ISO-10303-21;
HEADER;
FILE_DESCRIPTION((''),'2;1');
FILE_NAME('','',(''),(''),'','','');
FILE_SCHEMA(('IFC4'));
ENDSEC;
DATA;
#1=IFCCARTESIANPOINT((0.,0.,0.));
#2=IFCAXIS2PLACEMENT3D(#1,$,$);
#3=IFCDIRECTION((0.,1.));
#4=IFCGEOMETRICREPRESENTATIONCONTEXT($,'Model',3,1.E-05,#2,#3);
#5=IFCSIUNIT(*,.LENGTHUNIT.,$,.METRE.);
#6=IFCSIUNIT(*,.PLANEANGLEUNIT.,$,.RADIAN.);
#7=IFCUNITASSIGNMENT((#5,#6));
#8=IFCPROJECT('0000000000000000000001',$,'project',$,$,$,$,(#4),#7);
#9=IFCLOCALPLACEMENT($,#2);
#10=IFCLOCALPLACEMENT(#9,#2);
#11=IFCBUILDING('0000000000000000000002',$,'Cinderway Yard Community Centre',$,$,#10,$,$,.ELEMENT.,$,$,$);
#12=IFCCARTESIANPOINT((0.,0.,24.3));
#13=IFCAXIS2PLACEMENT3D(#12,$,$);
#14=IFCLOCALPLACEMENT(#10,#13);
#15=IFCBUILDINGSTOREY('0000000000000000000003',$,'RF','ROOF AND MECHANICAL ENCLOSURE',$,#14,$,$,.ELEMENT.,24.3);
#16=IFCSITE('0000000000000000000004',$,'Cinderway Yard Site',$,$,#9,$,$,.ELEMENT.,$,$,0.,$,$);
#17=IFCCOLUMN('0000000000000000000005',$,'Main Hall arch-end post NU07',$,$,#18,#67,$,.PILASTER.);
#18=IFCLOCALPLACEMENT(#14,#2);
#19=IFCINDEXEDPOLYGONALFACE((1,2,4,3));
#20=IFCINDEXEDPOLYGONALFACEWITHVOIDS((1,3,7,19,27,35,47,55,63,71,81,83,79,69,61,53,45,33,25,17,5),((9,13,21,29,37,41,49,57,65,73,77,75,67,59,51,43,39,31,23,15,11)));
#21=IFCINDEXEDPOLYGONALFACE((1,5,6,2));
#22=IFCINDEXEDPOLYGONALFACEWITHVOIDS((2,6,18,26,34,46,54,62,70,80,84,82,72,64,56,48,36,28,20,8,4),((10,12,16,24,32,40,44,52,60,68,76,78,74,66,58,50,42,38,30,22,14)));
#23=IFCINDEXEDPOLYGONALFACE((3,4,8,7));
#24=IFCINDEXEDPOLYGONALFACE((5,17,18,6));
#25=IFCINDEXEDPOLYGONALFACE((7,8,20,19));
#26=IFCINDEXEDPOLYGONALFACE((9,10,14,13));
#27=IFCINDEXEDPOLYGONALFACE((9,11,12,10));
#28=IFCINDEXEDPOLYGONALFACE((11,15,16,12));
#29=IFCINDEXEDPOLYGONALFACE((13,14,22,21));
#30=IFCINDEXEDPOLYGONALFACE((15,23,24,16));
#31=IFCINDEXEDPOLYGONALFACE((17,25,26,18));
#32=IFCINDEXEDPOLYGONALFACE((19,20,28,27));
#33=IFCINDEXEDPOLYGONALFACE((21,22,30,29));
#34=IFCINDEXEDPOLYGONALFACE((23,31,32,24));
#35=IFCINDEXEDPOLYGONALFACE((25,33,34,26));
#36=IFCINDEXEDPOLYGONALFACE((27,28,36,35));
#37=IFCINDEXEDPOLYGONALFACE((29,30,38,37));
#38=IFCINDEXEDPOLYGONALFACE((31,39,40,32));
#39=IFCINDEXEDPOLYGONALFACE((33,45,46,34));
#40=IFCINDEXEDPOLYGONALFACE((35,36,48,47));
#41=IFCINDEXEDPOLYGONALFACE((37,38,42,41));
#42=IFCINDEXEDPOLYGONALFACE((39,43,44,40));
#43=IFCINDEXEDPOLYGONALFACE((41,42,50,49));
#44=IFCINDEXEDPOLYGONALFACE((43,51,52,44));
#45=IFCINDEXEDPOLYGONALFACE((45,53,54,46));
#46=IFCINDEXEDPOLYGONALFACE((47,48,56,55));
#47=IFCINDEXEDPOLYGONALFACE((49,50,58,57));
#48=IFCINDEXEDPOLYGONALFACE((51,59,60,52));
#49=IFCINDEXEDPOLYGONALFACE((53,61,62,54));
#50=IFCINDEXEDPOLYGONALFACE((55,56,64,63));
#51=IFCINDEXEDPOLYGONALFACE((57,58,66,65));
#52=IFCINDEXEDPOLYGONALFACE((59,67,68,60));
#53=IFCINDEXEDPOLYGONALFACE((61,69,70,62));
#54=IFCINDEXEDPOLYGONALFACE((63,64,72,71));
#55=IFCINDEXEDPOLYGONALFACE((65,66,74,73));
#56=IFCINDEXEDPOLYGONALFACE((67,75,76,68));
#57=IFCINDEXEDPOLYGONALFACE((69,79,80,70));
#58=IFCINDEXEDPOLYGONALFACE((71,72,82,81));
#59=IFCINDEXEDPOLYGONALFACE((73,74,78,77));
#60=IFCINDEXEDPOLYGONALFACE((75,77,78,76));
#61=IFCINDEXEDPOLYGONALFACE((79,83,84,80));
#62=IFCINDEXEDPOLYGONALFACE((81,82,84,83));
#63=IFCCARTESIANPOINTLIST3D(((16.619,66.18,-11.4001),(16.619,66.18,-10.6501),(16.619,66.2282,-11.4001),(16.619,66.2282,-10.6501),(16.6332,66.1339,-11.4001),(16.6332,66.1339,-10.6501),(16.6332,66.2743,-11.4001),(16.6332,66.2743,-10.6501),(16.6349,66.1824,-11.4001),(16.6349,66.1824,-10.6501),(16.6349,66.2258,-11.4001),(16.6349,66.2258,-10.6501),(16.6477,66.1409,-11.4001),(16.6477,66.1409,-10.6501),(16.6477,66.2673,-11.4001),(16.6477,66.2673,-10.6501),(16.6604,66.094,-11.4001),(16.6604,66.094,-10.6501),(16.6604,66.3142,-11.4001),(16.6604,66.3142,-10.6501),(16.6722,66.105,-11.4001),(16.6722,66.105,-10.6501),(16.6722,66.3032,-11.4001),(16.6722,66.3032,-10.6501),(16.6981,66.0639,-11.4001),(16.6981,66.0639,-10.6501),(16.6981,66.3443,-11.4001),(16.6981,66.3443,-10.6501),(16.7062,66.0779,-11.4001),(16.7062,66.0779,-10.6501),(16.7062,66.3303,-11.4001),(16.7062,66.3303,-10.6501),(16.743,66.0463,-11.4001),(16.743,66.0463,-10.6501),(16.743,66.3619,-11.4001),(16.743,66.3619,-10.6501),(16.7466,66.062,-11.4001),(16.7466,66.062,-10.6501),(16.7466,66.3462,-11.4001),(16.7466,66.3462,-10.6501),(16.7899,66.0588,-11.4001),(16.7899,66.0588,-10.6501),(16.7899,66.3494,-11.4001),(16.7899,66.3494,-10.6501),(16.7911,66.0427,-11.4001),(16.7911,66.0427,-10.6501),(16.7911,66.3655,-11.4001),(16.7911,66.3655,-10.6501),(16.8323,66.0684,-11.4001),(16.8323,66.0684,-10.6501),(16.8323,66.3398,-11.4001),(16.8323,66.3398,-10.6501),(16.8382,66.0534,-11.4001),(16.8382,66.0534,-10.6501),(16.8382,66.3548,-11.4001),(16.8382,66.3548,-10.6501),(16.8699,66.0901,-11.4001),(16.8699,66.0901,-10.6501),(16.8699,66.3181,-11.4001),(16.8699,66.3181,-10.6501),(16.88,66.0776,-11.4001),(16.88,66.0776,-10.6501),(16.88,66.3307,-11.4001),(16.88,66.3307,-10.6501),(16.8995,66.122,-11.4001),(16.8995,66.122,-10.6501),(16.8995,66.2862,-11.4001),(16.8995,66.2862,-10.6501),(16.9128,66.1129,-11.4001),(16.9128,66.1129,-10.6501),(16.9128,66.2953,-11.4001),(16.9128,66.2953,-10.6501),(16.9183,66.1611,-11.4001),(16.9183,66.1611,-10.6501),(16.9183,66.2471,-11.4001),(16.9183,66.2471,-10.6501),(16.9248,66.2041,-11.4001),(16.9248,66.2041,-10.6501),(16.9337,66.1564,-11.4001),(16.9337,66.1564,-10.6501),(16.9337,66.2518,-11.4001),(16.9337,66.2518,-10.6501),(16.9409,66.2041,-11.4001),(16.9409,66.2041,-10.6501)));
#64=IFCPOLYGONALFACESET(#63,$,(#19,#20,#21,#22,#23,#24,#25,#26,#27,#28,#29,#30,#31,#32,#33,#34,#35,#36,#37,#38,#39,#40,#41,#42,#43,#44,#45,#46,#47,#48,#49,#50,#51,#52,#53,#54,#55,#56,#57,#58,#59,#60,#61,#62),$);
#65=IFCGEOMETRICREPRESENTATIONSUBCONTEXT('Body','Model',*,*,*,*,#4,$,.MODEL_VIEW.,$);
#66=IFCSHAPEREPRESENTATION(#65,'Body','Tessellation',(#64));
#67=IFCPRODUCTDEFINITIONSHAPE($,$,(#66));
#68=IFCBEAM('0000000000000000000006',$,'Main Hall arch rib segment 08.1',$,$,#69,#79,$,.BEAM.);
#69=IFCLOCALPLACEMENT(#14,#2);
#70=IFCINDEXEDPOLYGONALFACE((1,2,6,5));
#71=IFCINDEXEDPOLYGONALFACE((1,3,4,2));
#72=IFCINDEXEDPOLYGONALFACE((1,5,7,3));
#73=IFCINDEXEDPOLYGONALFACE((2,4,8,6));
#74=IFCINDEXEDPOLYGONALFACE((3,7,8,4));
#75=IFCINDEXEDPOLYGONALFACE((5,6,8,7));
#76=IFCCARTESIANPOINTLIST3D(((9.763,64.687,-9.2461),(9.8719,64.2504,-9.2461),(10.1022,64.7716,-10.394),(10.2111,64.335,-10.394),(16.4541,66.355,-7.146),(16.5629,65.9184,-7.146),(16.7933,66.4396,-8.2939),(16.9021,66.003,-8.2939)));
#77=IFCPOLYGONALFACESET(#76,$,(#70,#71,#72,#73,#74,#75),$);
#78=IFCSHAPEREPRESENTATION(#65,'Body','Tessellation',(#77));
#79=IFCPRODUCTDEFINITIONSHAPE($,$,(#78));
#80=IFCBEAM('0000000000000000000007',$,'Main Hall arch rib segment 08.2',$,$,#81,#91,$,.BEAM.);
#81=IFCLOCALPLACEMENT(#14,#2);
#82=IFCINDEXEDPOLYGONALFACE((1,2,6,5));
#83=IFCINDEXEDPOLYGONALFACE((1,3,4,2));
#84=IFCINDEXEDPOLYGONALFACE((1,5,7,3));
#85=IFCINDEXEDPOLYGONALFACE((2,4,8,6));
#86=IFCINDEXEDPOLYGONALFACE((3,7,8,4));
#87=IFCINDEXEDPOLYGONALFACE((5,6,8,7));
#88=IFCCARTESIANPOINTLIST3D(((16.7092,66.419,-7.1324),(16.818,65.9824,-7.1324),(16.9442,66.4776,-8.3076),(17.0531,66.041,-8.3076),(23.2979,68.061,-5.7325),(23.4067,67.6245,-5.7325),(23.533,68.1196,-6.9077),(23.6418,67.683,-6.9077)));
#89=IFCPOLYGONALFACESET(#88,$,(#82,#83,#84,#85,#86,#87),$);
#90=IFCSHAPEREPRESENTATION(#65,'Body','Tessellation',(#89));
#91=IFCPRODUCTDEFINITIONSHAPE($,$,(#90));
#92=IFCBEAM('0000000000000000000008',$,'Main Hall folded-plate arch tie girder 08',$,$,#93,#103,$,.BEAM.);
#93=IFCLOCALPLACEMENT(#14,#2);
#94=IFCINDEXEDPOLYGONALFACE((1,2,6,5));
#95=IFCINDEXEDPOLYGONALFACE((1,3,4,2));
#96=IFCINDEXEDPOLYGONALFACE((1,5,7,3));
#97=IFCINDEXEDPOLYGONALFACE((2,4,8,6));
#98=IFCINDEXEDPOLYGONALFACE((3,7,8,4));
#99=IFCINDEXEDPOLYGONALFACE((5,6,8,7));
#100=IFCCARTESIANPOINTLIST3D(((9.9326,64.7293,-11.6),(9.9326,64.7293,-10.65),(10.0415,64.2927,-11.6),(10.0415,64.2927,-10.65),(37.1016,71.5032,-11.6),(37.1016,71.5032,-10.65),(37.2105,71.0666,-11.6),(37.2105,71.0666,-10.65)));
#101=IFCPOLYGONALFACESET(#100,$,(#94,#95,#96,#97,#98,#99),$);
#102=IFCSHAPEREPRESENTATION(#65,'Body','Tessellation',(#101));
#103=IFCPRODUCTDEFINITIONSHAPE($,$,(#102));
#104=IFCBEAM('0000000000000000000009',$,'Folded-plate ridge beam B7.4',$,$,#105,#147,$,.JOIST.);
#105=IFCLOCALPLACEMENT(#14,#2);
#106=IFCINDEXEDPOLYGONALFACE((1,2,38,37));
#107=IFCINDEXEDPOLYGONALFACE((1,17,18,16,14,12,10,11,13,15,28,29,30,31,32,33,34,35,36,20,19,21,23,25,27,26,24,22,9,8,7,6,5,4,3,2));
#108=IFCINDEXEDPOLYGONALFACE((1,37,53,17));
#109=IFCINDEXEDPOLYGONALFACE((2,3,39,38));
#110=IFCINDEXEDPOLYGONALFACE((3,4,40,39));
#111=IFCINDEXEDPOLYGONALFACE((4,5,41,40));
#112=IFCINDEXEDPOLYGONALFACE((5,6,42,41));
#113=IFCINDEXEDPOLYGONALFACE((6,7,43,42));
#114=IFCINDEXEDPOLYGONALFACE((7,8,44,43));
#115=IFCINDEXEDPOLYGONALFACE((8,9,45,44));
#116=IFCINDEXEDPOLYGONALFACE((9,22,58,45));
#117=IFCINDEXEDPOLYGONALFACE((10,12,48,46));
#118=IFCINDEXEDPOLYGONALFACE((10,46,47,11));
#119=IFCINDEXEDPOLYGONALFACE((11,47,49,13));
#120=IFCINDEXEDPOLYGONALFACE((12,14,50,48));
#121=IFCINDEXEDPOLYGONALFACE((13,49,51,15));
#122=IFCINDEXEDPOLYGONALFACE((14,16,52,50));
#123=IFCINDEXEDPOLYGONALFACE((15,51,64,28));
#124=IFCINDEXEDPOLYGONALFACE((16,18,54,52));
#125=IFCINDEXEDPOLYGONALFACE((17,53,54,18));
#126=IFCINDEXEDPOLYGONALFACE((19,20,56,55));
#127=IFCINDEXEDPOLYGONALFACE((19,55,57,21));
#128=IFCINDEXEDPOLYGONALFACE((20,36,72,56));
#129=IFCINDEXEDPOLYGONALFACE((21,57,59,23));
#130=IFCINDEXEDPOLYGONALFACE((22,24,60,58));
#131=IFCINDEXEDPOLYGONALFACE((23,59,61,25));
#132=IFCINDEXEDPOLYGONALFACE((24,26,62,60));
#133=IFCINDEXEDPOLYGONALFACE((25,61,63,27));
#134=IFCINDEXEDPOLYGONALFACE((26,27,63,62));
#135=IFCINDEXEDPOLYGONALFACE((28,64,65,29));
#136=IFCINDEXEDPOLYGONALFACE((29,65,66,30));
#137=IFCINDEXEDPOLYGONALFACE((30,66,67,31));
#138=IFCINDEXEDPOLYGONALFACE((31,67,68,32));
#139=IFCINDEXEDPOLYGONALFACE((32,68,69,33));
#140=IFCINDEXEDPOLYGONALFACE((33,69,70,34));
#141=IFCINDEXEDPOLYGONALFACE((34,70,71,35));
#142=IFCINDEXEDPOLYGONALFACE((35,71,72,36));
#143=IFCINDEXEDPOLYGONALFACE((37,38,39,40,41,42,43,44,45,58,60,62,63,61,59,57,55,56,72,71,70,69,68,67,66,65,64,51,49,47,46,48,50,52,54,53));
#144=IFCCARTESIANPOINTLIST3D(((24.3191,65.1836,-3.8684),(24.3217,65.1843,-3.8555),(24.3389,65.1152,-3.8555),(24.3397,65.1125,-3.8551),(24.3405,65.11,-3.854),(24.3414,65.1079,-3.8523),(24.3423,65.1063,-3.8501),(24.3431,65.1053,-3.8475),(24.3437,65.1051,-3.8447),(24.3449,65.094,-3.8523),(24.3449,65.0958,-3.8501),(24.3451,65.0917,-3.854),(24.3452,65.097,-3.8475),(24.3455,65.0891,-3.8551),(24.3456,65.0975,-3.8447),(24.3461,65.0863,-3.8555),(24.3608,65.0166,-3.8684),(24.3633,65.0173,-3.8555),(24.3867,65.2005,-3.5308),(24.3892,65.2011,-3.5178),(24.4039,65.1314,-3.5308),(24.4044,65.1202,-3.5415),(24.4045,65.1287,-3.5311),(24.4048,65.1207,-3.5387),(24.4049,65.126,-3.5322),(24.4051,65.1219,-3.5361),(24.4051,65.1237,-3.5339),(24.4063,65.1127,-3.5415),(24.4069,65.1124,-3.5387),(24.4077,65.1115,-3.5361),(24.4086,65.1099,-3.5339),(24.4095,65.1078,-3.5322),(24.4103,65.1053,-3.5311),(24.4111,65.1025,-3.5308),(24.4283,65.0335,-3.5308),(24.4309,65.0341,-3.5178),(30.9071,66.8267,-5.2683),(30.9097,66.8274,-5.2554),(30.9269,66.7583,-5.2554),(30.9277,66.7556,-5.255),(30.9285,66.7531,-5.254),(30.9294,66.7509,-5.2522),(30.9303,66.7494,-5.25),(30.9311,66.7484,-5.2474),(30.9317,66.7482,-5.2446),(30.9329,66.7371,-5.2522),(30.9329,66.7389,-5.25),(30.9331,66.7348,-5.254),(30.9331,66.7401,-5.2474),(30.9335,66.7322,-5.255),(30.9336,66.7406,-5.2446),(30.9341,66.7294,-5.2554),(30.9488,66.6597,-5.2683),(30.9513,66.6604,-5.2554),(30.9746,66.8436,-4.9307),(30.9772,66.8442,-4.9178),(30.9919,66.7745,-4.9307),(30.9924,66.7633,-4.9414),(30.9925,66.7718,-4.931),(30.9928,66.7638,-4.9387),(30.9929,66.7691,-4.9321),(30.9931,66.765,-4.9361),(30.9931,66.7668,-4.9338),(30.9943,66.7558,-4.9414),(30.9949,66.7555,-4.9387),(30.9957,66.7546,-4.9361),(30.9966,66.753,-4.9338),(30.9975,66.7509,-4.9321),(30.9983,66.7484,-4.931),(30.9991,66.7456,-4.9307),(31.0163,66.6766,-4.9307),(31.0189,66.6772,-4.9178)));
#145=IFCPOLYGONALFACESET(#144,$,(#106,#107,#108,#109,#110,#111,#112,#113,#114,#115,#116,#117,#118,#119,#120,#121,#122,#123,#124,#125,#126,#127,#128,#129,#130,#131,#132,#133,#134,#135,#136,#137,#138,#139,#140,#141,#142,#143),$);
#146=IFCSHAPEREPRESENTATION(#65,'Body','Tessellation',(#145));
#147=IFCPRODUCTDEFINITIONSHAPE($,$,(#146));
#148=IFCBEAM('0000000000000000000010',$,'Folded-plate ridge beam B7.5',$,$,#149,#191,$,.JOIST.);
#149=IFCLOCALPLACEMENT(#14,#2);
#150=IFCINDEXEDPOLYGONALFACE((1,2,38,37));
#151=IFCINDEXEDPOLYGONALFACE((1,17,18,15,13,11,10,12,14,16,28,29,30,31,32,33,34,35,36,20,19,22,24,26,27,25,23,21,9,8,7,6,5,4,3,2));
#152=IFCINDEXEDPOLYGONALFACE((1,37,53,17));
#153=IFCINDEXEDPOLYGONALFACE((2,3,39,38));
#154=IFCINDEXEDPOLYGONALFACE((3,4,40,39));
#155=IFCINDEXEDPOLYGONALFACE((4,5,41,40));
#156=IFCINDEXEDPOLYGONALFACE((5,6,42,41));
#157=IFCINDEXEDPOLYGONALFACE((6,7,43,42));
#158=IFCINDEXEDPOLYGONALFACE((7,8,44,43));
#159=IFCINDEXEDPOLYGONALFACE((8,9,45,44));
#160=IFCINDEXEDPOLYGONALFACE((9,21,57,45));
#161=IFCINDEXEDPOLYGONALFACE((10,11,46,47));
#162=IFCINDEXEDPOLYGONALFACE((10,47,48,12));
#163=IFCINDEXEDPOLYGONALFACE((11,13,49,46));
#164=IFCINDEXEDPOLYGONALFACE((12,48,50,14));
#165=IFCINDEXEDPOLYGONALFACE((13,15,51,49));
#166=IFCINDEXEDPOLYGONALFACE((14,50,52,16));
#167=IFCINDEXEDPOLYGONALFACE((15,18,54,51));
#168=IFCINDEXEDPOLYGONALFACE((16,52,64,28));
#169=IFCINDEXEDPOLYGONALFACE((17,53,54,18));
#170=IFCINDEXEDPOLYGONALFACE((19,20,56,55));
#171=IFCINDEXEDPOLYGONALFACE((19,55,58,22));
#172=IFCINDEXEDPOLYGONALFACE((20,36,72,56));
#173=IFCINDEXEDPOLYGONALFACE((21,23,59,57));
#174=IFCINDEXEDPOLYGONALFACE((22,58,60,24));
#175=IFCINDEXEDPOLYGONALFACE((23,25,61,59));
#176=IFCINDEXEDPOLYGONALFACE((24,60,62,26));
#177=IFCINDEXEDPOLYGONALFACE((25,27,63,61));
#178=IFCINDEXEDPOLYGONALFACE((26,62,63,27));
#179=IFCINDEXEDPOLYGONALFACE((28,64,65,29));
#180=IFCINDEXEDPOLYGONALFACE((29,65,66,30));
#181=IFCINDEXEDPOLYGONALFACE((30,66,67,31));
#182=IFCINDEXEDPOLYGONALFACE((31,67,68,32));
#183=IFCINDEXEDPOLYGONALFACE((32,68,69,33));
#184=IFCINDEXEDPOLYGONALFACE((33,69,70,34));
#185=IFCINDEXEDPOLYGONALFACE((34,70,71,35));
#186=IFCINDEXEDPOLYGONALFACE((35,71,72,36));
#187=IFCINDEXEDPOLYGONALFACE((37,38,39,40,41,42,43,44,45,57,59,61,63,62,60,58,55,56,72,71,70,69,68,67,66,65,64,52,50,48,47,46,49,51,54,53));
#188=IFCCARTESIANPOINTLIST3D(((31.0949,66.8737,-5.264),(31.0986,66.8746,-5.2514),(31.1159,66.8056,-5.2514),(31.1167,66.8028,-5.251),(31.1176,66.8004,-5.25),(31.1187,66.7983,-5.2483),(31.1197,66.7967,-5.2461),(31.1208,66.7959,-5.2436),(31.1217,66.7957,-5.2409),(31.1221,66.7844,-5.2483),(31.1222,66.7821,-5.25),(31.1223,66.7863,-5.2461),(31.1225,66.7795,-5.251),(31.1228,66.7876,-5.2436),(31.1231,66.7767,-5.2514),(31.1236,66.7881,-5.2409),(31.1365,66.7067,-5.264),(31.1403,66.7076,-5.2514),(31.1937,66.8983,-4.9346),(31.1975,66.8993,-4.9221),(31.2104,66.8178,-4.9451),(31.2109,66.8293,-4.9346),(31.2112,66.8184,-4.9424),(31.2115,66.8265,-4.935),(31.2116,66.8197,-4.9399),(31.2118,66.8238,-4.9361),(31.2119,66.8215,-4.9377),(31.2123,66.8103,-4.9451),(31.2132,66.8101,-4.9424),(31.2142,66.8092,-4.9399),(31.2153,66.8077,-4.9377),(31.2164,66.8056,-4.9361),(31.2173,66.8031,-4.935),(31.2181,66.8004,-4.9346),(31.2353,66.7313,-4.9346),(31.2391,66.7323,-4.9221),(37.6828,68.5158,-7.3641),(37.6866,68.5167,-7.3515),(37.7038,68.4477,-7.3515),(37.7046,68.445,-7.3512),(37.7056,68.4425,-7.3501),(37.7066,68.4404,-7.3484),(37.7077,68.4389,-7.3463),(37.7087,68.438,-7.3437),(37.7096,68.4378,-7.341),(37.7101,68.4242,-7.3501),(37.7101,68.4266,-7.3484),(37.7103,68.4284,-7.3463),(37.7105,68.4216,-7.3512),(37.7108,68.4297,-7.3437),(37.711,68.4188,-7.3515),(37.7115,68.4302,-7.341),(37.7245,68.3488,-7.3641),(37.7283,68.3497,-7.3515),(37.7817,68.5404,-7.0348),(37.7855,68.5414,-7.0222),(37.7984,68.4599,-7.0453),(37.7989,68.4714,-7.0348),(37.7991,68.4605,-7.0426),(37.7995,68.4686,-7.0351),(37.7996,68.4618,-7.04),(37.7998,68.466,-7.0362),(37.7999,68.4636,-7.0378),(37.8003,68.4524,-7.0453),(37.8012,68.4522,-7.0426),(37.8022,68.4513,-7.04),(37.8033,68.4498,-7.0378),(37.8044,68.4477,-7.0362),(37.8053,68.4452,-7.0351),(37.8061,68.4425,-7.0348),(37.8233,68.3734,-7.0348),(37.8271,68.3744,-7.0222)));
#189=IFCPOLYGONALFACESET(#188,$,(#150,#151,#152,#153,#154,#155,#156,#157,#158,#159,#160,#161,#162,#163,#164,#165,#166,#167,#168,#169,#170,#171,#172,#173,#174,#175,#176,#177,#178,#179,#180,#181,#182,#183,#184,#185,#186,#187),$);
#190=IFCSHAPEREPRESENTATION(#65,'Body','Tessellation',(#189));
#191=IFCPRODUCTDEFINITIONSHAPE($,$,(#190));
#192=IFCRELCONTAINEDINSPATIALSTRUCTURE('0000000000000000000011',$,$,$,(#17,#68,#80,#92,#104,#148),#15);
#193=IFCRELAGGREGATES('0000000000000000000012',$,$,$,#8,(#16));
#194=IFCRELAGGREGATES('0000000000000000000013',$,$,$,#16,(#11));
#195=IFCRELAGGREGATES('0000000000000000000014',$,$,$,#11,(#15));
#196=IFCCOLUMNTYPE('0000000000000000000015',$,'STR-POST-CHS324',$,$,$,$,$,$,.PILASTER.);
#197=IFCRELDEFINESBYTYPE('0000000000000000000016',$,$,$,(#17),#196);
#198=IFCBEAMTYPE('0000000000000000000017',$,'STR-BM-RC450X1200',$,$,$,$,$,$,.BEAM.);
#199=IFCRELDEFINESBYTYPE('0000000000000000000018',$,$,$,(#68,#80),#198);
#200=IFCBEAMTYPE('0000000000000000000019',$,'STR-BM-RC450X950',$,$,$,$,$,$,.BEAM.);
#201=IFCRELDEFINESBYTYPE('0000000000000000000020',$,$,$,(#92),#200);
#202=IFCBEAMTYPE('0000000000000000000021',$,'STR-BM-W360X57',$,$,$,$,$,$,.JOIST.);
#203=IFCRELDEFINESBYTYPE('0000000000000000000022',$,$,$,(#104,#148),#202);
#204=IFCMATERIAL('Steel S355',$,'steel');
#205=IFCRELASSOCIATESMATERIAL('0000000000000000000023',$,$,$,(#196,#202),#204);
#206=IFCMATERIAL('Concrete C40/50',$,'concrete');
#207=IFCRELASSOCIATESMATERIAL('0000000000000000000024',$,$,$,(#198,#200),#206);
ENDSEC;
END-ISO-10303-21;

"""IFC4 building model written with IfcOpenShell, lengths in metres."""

from ifc_helpers import new_model, si_unit, direction, frame, origin, origin_2d, place, context, subcontext, project, spatial, rectangle, hollow_circle, i_section, extrude, material, material_profile, profile_set, type_object, element, save


model = new_model("IFC4")

# Units and contexts
model_context = context("Model", 3, precision=1e-05, world=origin(), true_north=direction((0.0, 1.0)))
body_context = subcontext(model_context, "Body", "Model", "MODEL_VIEW")
ifc_project = project(units=[si_unit("LENGTHUNIT", "METRE"), si_unit("PLANEANGLEUNIT", "RADIAN")], contexts=[model_context])

# Site, building, storey
site_placement = place(None, origin())
site = spatial("IfcSite", under=ifc_project, at=site_placement, Name="Cinderway Yard Site", CompositionType="ELEMENT", RefElevation=0.0)
building_placement = place(site_placement, origin())
building = spatial("IfcBuilding", under=site, at=building_placement, Name="Cinderway Yard Community Centre", CompositionType="ELEMENT")
storey_placement = place(building_placement, frame((0.0, 0.0, 24.3)))
storey = spatial("IfcBuildingStorey", under=building, at=storey_placement, Name="RF", Description="ROOF AND MECHANICAL ENCLOSURE", CompositionType="ELEMENT", Elevation=24.3)

# Column
ifc_material_1 = material(Name="Steel S355", Category="steel")
ifc_material_profile_1 = material_profile(ifc_material_1, hollow_circle(Radius=0.1619, WallThickness=0.0161, at=origin_2d()), Name="Steel S355")
ifc_profile_set_1 = profile_set([ifc_material_profile_1], Name="Steel S355")
column_type = type_object("IfcColumnType", Name="STR-POST-CHS324", PredefinedType="PILASTER", material=ifc_profile_set_1)
column_placement = place(storey_placement, frame((16.7791, 66.2041, -11.4001), z_axis=(0.0, 0.0, 1.0), x_axis=(1.0, 0.0, 0.0)))
element("IfcColumn", 1, at=column_placement, inside=storey, type_object=column_type, Name="Main Hall arch-end post NU07", PredefinedType="PILASTER", context=body_context, shape_type="SweptSolid", body=[
    extrude(hollow_circle(Radius=0.1619, WallThickness=0.0161, at=origin_2d()), origin(), (0.0, 0.0, 1.0), 0.75),
])

# Beams
ifc_material_2 = material(Name="Concrete C40/50", Category="concrete")
ifc_material_profile_2 = material_profile(ifc_material_2, rectangle(XDim=0.45, YDim=1.2, at=origin_2d()), Name="Concrete C40/50")
ifc_profile_set_2 = profile_set([ifc_material_profile_2], Name="Concrete C40/50")
beam_type_1 = type_object("IfcBeamType", Name="STR-BM-RC450X1200", PredefinedType="BEAM", material=ifc_profile_set_2)
beam_1_placement = place(storey_placement, frame((9.9871, 64.511, -9.8201), z_axis=(0.928212, 0.231393, 0.291341), x_axis=(-0.241886, 0.970305, 0.0)))
element("IfcBeam", 2, at=beam_1_placement, inside=storey, type_object=beam_type_1, Name="Main Hall arch rib segment 08.1", PredefinedType="BEAM", context=body_context, shape_type="SweptSolid", body=[
    extrude(rectangle(XDim=0.45, YDim=1.2, at=origin_2d()), origin(), (0.0, 0.0, 1.0), 7.2085),
])
beam_2_placement = place(storey_placement, frame((16.8811, 66.23, -7.72), z_axis=(0.950335, 0.236844, 0.201913), x_axis=(-0.241825, 0.97032, 0.0)))
element("IfcBeam", 3, at=beam_2_placement, inside=storey, type_object=beam_type_1, Name="Main Hall arch rib segment 08.2", PredefinedType="BEAM", context=body_context, shape_type="SweptSolid", body=[
    extrude(rectangle(XDim=0.45, YDim=1.2, at=origin_2d()), origin(), (0.0, 0.0, 1.0), 6.9331),
])
ifc_material_profile_3 = material_profile(ifc_material_2, rectangle(XDim=0.45, YDim=0.95, at=origin_2d()), Name="Concrete C40/50")
ifc_profile_set_3 = profile_set([ifc_material_profile_3], Name="Concrete C40/50")
beam_type_2 = type_object("IfcBeamType", Name="STR-BM-RC450X950", PredefinedType="BEAM", material=ifc_profile_set_3)
beam_3_placement = place(storey_placement, frame((9.9871, 64.511, -11.125), z_axis=(0.970296, 0.24192, 0.0), x_axis=(-0.24192, 0.970296, 0.0)))
element("IfcBeam", 4, at=beam_3_placement, inside=storey, type_object=beam_type_2, Name="Main Hall folded-plate arch tie girder 08", PredefinedType="BEAM", context=body_context, shape_type="SweptSolid", body=[
    extrude(rectangle(XDim=0.45, YDim=0.95, at=origin_2d()), origin(), (0.0, 0.0, 1.0), 28.0007),
])
ifc_material_profile_4 = material_profile(ifc_material_1, i_section(OverallWidth=0.1721, OverallDepth=0.3579, WebThickness=0.0078, FlangeThickness=0.0132, FilletRadius=0.011, at=origin_2d()), Name="Steel S355")
ifc_profile_set_4 = profile_set([ifc_material_profile_4], Name="Steel S355")
beam_type_3 = type_object("IfcBeamType", Name="STR-BM-W360X57", PredefinedType="JOIST", material=ifc_profile_set_4)
beam_4_placement = place(storey_placement, frame((24.375, 65.1089, -3.6931), z_axis=(0.950289, 0.237009, -0.201933), x_axis=(-0.241994, 0.970278, 0.0)))
element("IfcBeam", 5, at=beam_4_placement, inside=storey, type_object=beam_type_3, Name="Folded-plate ridge beam B7.4", PredefinedType="JOIST", context=body_context, shape_type="SweptSolid", body=[
    extrude(i_section(OverallWidth=0.1721, OverallDepth=0.3579, WebThickness=0.0078, FlangeThickness=0.0132, FilletRadius=0.011, at=origin_2d()), origin(), (0.0, 0.0, 1.0), 6.9326),
])
beam_5_placement = place(storey_placement, frame((31.167, 66.803, -5.093), z_axis=(0.926979, 0.231058, -0.295504), x_axis=(-0.241859, 0.970311, 0.0)))
element("IfcBeam", 6, at=beam_5_placement, inside=storey, type_object=beam_type_3, Name="Folded-plate ridge beam B7.5", PredefinedType="JOIST", context=body_context, shape_type="SweptSolid", body=[
    extrude(i_section(OverallWidth=0.1721, OverallDepth=0.3579, WebThickness=0.0078, FlangeThickness=0.0132, FilletRadius=0.011, at=origin_2d()), origin(), (0.0, 0.0, 1.0), 7.1069),
])

save(model, "model.ifc")
